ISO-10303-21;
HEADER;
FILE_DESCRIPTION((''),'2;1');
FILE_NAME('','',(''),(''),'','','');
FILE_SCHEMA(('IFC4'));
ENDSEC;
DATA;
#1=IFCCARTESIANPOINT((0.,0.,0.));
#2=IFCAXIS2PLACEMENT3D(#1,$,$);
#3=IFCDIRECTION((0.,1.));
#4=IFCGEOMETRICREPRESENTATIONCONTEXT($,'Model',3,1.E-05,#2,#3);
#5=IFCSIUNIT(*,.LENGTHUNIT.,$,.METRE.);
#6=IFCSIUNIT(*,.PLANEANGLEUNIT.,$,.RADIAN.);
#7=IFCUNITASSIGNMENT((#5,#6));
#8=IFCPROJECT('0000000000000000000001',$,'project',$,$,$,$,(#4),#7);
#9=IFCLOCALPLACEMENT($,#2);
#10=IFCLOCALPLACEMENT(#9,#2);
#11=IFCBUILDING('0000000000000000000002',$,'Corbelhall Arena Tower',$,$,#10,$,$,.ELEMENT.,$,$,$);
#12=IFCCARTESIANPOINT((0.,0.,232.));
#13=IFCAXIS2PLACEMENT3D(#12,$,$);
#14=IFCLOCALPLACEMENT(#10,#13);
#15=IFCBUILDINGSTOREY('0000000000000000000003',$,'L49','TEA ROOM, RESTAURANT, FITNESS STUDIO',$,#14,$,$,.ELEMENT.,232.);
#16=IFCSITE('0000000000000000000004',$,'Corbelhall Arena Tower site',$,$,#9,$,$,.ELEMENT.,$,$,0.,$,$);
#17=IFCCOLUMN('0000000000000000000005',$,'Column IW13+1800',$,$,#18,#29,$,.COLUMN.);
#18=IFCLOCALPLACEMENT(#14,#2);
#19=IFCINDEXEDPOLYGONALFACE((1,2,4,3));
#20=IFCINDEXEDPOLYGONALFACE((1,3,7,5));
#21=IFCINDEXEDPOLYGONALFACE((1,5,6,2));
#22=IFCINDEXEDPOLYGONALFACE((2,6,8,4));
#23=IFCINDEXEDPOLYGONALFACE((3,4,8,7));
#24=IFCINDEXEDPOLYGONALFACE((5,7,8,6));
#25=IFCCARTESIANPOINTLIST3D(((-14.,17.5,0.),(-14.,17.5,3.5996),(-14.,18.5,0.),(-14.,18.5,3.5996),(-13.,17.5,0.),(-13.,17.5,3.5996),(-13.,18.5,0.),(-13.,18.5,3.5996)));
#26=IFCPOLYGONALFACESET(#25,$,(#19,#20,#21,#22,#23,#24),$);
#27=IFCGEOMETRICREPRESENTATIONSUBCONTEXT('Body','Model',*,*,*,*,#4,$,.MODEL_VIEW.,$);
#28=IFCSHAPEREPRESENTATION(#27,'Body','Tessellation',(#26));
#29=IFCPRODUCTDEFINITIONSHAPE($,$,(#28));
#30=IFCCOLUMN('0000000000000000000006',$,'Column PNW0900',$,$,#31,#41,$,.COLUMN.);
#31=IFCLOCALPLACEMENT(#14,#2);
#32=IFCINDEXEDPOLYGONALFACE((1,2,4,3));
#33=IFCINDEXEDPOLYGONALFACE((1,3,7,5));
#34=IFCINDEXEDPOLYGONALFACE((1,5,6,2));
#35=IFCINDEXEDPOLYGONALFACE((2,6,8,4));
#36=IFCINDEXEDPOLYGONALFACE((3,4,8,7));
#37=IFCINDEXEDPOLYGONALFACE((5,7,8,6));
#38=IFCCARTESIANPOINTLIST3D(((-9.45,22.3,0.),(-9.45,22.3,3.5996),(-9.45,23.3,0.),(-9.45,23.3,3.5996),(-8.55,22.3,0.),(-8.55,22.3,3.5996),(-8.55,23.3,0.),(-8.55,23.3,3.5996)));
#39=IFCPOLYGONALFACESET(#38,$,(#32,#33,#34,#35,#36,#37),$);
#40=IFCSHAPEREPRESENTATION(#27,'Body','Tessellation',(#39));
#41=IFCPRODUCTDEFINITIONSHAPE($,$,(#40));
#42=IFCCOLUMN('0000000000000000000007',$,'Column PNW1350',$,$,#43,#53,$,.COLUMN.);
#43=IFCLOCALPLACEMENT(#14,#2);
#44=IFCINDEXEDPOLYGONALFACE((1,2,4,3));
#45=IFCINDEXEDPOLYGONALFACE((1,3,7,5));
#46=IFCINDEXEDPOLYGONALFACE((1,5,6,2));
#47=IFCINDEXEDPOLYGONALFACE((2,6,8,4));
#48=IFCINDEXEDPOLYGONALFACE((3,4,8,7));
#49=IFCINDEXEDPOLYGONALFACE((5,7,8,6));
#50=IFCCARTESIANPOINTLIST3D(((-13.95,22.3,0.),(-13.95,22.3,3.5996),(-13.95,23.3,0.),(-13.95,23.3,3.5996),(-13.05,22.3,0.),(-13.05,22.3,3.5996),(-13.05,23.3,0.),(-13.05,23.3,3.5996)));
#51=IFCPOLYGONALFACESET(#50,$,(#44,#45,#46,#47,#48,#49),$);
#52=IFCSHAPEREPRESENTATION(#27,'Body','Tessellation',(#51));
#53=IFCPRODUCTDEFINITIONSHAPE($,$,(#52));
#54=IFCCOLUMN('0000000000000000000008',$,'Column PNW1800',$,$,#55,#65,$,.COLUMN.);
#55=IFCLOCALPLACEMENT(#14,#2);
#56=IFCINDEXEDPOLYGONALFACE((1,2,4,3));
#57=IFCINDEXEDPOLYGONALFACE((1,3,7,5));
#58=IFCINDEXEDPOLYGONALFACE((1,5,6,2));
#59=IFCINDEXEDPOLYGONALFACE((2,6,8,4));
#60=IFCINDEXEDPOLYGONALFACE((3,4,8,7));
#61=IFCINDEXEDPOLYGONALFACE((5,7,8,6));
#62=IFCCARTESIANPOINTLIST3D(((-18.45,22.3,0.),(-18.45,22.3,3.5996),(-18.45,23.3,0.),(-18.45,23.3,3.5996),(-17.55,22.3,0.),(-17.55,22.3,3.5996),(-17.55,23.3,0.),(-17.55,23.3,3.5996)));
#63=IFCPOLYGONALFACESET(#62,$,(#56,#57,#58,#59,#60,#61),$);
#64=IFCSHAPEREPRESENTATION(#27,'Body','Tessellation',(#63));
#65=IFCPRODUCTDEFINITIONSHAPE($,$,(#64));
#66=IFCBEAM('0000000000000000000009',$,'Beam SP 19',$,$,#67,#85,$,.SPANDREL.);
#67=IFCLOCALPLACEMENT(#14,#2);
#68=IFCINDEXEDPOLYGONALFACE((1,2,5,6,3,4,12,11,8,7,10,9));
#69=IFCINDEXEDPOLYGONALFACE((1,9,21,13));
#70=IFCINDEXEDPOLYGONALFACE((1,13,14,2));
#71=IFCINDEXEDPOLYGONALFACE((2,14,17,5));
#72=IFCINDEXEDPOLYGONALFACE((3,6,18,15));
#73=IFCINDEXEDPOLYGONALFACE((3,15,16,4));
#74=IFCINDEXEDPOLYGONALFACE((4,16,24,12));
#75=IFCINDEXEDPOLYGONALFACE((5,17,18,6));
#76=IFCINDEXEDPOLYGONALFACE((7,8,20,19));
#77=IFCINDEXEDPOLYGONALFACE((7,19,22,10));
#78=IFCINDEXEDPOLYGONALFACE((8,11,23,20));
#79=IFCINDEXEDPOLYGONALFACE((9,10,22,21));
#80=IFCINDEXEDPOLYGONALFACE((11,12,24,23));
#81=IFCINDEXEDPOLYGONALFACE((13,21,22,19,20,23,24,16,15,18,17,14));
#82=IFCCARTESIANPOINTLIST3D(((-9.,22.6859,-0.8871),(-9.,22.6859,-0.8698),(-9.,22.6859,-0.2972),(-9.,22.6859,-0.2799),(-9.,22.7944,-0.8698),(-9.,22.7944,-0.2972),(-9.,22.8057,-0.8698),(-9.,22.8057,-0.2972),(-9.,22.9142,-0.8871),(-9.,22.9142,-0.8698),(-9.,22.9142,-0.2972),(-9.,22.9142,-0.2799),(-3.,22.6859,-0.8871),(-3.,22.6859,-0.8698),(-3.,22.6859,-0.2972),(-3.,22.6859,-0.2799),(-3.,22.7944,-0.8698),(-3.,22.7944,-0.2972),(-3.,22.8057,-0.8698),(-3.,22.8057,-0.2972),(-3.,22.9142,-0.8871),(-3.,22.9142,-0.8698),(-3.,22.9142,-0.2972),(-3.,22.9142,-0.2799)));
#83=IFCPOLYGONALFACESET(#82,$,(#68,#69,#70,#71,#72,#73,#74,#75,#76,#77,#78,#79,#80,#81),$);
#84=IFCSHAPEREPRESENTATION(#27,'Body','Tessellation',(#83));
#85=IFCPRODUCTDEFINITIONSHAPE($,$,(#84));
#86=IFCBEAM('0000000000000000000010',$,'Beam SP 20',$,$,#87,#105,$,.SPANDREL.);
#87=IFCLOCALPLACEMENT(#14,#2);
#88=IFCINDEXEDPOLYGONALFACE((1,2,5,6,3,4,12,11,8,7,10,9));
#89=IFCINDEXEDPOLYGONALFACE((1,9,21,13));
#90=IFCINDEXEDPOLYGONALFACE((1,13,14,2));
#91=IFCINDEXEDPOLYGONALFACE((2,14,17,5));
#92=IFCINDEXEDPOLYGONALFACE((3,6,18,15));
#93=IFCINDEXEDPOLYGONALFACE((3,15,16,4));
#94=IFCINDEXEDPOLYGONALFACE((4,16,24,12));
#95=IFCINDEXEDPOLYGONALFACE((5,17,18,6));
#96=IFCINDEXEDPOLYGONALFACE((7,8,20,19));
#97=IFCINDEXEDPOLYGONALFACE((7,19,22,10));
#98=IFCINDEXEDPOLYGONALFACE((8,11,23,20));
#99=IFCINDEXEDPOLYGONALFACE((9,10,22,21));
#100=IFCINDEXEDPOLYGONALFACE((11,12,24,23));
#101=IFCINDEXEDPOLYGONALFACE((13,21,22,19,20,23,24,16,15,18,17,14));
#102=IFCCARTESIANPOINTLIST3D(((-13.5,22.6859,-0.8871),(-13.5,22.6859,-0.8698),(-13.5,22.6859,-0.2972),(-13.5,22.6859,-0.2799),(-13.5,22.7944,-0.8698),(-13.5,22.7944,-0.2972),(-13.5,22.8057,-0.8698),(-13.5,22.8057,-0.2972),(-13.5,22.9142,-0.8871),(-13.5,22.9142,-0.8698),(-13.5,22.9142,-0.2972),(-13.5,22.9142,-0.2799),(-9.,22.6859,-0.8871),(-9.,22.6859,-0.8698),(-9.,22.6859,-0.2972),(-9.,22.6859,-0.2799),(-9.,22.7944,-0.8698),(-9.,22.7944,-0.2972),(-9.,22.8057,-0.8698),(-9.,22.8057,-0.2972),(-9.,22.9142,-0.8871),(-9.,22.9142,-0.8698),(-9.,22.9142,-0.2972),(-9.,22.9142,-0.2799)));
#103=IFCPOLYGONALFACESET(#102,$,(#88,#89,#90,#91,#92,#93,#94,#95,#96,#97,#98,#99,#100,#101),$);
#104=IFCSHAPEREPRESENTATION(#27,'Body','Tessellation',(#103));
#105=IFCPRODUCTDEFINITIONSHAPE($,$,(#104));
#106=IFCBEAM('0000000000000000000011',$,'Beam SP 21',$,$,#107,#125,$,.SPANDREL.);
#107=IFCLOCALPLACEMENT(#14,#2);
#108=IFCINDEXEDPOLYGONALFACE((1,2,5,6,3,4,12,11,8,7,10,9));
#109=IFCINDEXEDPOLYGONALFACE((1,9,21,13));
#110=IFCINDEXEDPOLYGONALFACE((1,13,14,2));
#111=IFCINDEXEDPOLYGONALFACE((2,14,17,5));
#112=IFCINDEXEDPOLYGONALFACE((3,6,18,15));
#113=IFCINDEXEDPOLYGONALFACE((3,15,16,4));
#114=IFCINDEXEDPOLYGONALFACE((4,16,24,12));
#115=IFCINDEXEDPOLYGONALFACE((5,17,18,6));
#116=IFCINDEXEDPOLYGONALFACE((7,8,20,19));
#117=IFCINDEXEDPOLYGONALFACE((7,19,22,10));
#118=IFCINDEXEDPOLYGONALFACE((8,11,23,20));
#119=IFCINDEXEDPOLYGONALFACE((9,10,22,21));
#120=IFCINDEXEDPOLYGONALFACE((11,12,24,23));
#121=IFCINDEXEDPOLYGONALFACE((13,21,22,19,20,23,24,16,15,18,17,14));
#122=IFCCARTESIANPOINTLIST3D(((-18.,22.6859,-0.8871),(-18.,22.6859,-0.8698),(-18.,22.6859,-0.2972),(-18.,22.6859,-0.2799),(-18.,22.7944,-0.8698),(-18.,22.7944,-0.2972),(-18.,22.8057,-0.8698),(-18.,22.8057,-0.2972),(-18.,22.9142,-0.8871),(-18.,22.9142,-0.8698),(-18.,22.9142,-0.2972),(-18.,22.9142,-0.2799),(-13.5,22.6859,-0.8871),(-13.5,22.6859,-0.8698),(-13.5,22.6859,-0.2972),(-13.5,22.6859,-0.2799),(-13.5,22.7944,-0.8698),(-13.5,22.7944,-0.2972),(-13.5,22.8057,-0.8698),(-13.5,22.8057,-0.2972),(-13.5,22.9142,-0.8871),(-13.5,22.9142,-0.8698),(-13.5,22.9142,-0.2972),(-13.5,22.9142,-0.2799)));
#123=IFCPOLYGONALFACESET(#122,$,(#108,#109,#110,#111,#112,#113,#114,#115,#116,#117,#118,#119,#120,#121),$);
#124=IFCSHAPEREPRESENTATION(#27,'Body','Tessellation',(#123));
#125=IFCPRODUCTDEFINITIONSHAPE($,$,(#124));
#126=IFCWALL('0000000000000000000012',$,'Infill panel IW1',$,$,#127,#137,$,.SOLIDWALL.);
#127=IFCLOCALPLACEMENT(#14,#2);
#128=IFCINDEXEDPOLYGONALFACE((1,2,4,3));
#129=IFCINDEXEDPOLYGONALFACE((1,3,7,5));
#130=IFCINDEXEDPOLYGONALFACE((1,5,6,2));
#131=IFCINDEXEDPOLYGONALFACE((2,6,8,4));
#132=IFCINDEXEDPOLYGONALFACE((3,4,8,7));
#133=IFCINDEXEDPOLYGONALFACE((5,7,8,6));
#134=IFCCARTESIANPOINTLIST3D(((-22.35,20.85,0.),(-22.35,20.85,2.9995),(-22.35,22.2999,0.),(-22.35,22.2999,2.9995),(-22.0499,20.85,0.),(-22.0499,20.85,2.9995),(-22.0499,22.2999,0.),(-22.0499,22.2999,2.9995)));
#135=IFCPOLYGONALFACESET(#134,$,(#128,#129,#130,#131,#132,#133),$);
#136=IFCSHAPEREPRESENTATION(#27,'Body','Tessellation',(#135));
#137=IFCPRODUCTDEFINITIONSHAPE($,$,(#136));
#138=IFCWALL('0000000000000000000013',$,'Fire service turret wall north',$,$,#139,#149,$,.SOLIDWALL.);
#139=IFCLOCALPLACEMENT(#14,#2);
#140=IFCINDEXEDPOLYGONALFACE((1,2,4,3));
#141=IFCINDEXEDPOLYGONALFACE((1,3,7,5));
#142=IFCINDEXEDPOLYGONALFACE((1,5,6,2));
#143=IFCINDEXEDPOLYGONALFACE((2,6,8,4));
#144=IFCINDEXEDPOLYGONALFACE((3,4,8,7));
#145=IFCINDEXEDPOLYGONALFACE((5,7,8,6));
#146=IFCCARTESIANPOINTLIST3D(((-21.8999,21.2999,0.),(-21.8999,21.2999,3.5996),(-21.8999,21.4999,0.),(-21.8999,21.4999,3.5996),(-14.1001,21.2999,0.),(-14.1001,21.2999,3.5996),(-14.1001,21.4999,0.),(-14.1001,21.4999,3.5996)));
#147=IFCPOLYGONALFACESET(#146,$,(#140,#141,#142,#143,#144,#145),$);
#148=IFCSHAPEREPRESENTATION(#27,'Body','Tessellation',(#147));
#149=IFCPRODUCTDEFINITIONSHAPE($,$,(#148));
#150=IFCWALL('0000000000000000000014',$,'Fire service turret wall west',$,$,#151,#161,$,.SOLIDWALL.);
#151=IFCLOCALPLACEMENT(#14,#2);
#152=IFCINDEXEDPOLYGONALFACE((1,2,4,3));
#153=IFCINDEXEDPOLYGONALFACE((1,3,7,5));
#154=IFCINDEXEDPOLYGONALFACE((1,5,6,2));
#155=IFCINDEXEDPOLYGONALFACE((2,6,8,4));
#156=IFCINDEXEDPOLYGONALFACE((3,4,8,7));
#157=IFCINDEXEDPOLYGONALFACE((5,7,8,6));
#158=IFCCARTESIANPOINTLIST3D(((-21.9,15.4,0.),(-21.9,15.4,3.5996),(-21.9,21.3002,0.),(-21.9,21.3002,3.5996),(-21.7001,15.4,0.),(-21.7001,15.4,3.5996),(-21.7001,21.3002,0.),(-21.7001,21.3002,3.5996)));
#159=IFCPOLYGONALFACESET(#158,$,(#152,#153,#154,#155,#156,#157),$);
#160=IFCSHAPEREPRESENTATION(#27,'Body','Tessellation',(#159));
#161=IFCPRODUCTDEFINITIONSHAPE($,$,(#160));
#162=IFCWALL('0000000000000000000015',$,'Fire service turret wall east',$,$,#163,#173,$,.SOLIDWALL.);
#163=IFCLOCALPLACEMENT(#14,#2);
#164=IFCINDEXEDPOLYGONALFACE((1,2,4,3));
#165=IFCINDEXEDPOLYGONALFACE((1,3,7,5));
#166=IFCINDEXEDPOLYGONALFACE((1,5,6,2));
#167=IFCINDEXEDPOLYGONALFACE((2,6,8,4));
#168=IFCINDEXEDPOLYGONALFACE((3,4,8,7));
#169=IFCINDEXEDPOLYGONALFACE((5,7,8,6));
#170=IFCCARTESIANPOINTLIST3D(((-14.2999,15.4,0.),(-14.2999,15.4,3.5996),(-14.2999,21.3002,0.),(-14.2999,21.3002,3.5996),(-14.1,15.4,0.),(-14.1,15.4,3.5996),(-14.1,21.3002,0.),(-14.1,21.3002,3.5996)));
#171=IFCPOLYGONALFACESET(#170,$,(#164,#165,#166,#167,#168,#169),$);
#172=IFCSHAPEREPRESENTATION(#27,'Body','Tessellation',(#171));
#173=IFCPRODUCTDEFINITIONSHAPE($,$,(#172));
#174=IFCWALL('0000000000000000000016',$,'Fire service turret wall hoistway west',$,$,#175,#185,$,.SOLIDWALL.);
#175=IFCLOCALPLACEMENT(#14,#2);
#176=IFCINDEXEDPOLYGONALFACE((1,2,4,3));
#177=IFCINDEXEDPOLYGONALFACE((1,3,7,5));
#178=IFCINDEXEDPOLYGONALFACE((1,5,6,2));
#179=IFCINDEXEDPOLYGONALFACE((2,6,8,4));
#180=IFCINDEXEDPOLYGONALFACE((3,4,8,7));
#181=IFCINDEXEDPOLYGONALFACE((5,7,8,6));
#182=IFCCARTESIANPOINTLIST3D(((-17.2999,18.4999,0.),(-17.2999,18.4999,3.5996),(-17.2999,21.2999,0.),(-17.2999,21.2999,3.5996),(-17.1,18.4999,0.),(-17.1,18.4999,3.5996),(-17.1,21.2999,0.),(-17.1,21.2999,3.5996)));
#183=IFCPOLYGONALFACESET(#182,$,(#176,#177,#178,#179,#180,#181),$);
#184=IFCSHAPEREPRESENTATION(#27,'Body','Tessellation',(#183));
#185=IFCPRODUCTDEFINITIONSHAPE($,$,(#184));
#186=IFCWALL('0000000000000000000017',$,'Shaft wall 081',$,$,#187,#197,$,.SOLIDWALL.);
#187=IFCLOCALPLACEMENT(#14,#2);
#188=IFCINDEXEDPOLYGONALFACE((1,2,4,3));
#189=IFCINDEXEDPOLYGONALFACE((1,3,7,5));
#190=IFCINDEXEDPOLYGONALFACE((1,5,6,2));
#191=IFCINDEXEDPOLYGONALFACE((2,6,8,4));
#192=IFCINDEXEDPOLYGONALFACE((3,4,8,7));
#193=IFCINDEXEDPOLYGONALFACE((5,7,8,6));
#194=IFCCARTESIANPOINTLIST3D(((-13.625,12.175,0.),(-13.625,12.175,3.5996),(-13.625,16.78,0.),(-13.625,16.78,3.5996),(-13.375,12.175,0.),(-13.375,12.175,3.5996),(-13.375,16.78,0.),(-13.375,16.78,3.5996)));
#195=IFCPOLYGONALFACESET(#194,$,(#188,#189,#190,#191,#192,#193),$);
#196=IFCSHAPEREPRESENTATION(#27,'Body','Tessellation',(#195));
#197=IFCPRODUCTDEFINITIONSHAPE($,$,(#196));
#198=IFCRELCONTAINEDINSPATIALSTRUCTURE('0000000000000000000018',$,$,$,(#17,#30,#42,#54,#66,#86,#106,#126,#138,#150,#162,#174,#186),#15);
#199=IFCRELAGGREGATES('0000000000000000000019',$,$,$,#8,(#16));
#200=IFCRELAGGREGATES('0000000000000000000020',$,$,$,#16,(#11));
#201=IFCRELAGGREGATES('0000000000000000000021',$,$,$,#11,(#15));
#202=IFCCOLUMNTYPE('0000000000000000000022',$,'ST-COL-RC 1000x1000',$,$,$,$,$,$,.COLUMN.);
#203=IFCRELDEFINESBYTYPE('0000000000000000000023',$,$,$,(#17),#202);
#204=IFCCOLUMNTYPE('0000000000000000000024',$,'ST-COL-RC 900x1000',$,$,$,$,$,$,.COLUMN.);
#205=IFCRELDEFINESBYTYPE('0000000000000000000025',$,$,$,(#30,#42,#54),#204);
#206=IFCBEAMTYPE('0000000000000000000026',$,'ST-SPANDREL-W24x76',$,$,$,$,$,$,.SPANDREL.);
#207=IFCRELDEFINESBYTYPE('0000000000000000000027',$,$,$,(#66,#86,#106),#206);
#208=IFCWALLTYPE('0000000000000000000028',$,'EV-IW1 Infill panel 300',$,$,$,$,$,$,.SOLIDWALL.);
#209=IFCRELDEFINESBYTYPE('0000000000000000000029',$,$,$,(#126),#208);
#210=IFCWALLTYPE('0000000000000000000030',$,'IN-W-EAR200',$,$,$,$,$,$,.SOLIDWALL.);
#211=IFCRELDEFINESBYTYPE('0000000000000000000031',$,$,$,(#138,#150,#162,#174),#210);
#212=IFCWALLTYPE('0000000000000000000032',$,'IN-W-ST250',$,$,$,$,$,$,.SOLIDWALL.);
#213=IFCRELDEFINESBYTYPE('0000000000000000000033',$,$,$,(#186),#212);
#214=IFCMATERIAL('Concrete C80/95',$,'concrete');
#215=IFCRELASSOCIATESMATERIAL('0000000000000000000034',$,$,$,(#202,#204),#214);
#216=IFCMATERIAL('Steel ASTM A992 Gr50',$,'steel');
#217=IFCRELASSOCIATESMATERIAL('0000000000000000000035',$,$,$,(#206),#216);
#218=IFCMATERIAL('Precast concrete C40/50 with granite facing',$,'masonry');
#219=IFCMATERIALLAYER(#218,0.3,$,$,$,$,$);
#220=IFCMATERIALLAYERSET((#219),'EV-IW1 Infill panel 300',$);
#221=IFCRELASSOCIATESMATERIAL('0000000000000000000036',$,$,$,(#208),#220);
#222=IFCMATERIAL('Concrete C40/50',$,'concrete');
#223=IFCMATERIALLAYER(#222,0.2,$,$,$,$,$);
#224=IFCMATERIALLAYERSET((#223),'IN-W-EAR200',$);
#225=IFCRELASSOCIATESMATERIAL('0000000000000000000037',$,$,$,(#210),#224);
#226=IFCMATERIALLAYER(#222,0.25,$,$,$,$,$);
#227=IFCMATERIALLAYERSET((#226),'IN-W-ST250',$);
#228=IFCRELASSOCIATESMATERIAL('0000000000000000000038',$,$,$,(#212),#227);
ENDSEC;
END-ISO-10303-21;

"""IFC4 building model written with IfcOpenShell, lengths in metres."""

from ifc_helpers import new_model, si_unit, direction, frame, frame_2d, origin, origin_2d, place, context, subcontext, project, spatial, rectangle, i_section, extrude, material, layer, layer_set, material_profile, profile_set, type_object, element, save


model = new_model("IFC4")

# Units and contexts
model_context = context("Model", 3, precision=1e-05, world=origin(), true_north=direction((0.0, 1.0)))
body_context = subcontext(model_context, "Body", "Model", "MODEL_VIEW")
ifc_project = project(units=[si_unit("LENGTHUNIT", "METRE"), si_unit("PLANEANGLEUNIT", "RADIAN")], contexts=[model_context])

# Site, building, storey
site_placement = place(None, origin())
site = spatial("IfcSite", under=ifc_project, at=site_placement, Name="Corbelhall Arena Tower site", CompositionType="ELEMENT", RefElevation=0.0)
building_placement = place(site_placement, origin())
building = spatial("IfcBuilding", under=site, at=building_placement, Name="Corbelhall Arena Tower", CompositionType="ELEMENT")
storey_placement = place(building_placement, frame((0.0, 0.0, 232.0)))
storey = spatial("IfcBuildingStorey", under=building, at=storey_placement, Name="L49", Description="TEA ROOM, RESTAURANT, FITNESS STUDIO", CompositionType="ELEMENT", Elevation=232.0)

# Columns
ifc_material_1 = material(Name="Concrete C80/95", Category="concrete")
ifc_material_profile_1 = material_profile(ifc_material_1, rectangle(XDim=1.0, YDim=1.0, at=origin_2d()))
ifc_profile_set_1 = profile_set([ifc_material_profile_1], Name="Concrete C80/95")
column_type_1 = type_object("IfcColumnType", Name="ST-COL-RC 1000x1000", PredefinedType="COLUMN", material=ifc_profile_set_1)
column_placement = place(storey_placement, frame((-13.5, 18.0, 0.0), z_axis=(0.0, 0.0, 1.0), x_axis=(1.0, 0.0, 0.0)))
element("IfcColumn", 1, at=column_placement, inside=storey, type_object=column_type_1, Name="Column IW13+1800", PredefinedType="COLUMN", context=body_context, shape_type="SweptSolid", body=[
    extrude(rectangle(XDim=1.0, YDim=1.0, at=origin_2d()), origin(), (0.0, 0.0, 1.0), 3.5996),
])
ifc_material_profile_2 = material_profile(ifc_material_1, rectangle(XDim=0.8999, YDim=1.0, at=origin_2d()))
ifc_profile_set_2 = profile_set([ifc_material_profile_2], Name="Concrete C80/95")
column_type_2 = type_object("IfcColumnType", Name="ST-COL-RC 900x1000", PredefinedType="COLUMN", material=ifc_profile_set_2)
for number, where, z_axis, x_axis, name in (
    (2, (-9.0, 22.8, 0.0), (0.0, 0.0, 1.0), (1.0, 0.0, 0.0), "Column PNW0900"),
    (3, (-13.5, 22.8, 0.0), (0.0, 0.0, 1.0), (1.0, 0.0, 0.0), "Column PNW1350"),
    (4, (-18.0, 22.8, 0.0), (0.0, 0.0, 1.0), (1.0, 0.0, 0.0), "Column PNW1800"),
):
    element("IfcColumn", number, at=place(storey_placement, frame(where, z_axis=z_axis, x_axis=x_axis)), inside=storey, type_object=column_type_2, Name=name, PredefinedType="COLUMN", context=body_context, shape_type="SweptSolid", body=[
        extrude(rectangle(XDim=0.8999, YDim=1.0, at=origin_2d()), origin(), (0.0, 0.0, 1.0), 3.5996),
    ])

# Beams
ifc_material_2 = material(Name="Steel ASTM A992 Gr50", Category="steel")
ifc_material_profile_3 = material_profile(ifc_material_2, i_section(OverallWidth=0.2283, OverallDepth=0.6072, WebThickness=0.0112, FlangeThickness=0.0173, at=origin_2d()))
ifc_profile_set_3 = profile_set([ifc_material_profile_3], Name="Steel ASTM A992 Gr50")
beam_type = type_object("IfcBeamType", Name="ST-SPANDREL-W24x76", PredefinedType="SPANDREL", material=ifc_profile_set_3)
beam_placement = place(storey_placement, frame((-9.0, 22.8, -0.5835), z_axis=(1.0, 0.0, 0.0), x_axis=(0.0, 1.0, 0.0)))
element("IfcBeam", 5, at=beam_placement, inside=storey, type_object=beam_type, Name="Beam SP 19", PredefinedType="SPANDREL", context=body_context, shape_type="SweptSolid", body=[
    extrude(i_section(OverallWidth=0.2283, OverallDepth=0.6072, WebThickness=0.0112, FlangeThickness=0.0173, at=origin_2d()), origin(), (0.0, 0.0, 1.0), 6.0),
])
for number, where, z_axis, x_axis, name in (
    (6, (-13.5, 22.8, -0.5835), (1.0, 0.0, 0.0), (0.0, 1.0, 0.0), "Beam SP 20"),
    (7, (-18.0, 22.8, -0.5835), (1.0, 0.0, 0.0), (0.0, 1.0, 0.0), "Beam SP 21"),
):
    element("IfcBeam", number, at=place(storey_placement, frame(where, z_axis=z_axis, x_axis=x_axis)), inside=storey, type_object=beam_type, Name=name, PredefinedType="SPANDREL", context=body_context, shape_type="SweptSolid", body=[
        extrude(i_section(OverallWidth=0.2283, OverallDepth=0.6072, WebThickness=0.0112, FlangeThickness=0.0173, at=origin_2d()), origin(), (0.0, 0.0, 1.0), 4.5),
    ])

# Shared definitions
ifc_material_3 = material(Name="Precast concrete C40/50 with granite facing", Category="masonry")
ifc_layer_1 = layer(ifc_material_3, 0.3)
ifc_layer_set_1 = layer_set([ifc_layer_1], Name="EV-IW1 Infill panel 300")
wall_type_1 = type_object("IfcWallType", Name="EV-IW1 Infill panel 300", PredefinedType="SOLIDWALL", material=ifc_layer_set_1)

# Wall
wall_1_placement = place(storey_placement, frame((-22.2, 22.3, 0.0), z_axis=(0.0, 0.0, 1.0), x_axis=(0.0, -1.0, 0.0)))
element("IfcWall", 8, at=wall_1_placement, inside=storey, type_object=wall_type_1, Name="Infill panel IW1", PredefinedType="SOLIDWALL", context=body_context, shape_type="SweptSolid", body=[
    extrude(rectangle(XDim=1.45, YDim=0.3, at=frame_2d((0.7251, 0.0))), origin(), (0.0, 0.0, 1.0), 2.9995),
])

# Shared definitions
ifc_material_4 = material(Name="Concrete C40/50", Category="concrete")
ifc_layer_2 = layer(ifc_material_4, 0.2)
ifc_layer_set_2 = layer_set([ifc_layer_2], Name="IN-W-EAR200")
wall_type_2 = type_object("IfcWallType", Name="IN-W-EAR200", PredefinedType="SOLIDWALL", material=ifc_layer_set_2)

# Walls
wall_2_placement = place(storey_placement, frame((-21.8999, 21.3999, 0.0), z_axis=(0.0, 0.0, 1.0), x_axis=(1.0, 0.0, 0.0)))
element("IfcWall", 9, at=wall_2_placement, inside=storey, type_object=wall_type_2, Name="Fire service turret wall north", PredefinedType="SOLIDWALL", context=body_context, shape_type="SweptSolid", body=[
    extrude(rectangle(XDim=7.7998, YDim=0.2, at=frame_2d((3.8999, 0.0))), origin(), (0.0, 0.0, 1.0), 3.5996),
])
for number, where, z_axis, x_axis, name in (
    (10, (-21.8, 15.3999, 0.0), (0.0, 0.0, 1.0), (0.0, 1.0, 0.0), "Fire service turret wall west"),
    (11, (-14.2, 15.3999, 0.0), (0.0, 0.0, 1.0), (0.0, 1.0, 0.0), "Fire service turret wall east"),
):
    element("IfcWall", number, at=place(storey_placement, frame(where, z_axis=z_axis, x_axis=x_axis)), inside=storey, type_object=wall_type_2, Name=name, PredefinedType="SOLIDWALL", context=body_context, shape_type="SweptSolid", body=[
        extrude(rectangle(XDim=5.9001, YDim=0.2, at=frame_2d((2.9502, 0.0))), origin(), (0.0, 0.0, 1.0), 3.5996),
    ])

# Wall
wall_3_placement = place(storey_placement, frame((-17.2, 18.5, 0.0), z_axis=(0.0, 0.0, 1.0), x_axis=(0.0, 1.0, 0.0)))
element("IfcWall", 12, at=wall_3_placement, inside=storey, type_object=wall_type_2, Name="Fire service turret wall hoistway west", PredefinedType="SOLIDWALL", context=body_context, shape_type="SweptSolid", body=[
    extrude(rectangle(XDim=2.8, YDim=0.2, at=frame_2d((1.3999, 0.0))), origin(), (0.0, 0.0, 1.0), 3.5996),
])

# Wall
ifc_layer_3 = layer(ifc_material_4, 0.25)
ifc_layer_set_3 = layer_set([ifc_layer_3], Name="IN-W-ST250")
wall_type_3 = type_object("IfcWallType", Name="IN-W-ST250", PredefinedType="SOLIDWALL", material=ifc_layer_set_3)
wall_4_placement = place(storey_placement, frame((-13.5, 16.78, 0.0), z_axis=(0.0, 0.0, 1.0), x_axis=(0.0, -1.0, 0.0)))
element("IfcWall", 13, at=wall_4_placement, inside=storey, type_object=wall_type_3, Name="Shaft wall 081", PredefinedType="SOLIDWALL", context=body_context, shape_type="SweptSolid", body=[
    extrude(rectangle(XDim=4.605, YDim=0.25, at=frame_2d((2.3025, 0.0))), origin(), (0.0, 0.0, 1.0), 3.5996),
])

save(model, "model.ifc")
